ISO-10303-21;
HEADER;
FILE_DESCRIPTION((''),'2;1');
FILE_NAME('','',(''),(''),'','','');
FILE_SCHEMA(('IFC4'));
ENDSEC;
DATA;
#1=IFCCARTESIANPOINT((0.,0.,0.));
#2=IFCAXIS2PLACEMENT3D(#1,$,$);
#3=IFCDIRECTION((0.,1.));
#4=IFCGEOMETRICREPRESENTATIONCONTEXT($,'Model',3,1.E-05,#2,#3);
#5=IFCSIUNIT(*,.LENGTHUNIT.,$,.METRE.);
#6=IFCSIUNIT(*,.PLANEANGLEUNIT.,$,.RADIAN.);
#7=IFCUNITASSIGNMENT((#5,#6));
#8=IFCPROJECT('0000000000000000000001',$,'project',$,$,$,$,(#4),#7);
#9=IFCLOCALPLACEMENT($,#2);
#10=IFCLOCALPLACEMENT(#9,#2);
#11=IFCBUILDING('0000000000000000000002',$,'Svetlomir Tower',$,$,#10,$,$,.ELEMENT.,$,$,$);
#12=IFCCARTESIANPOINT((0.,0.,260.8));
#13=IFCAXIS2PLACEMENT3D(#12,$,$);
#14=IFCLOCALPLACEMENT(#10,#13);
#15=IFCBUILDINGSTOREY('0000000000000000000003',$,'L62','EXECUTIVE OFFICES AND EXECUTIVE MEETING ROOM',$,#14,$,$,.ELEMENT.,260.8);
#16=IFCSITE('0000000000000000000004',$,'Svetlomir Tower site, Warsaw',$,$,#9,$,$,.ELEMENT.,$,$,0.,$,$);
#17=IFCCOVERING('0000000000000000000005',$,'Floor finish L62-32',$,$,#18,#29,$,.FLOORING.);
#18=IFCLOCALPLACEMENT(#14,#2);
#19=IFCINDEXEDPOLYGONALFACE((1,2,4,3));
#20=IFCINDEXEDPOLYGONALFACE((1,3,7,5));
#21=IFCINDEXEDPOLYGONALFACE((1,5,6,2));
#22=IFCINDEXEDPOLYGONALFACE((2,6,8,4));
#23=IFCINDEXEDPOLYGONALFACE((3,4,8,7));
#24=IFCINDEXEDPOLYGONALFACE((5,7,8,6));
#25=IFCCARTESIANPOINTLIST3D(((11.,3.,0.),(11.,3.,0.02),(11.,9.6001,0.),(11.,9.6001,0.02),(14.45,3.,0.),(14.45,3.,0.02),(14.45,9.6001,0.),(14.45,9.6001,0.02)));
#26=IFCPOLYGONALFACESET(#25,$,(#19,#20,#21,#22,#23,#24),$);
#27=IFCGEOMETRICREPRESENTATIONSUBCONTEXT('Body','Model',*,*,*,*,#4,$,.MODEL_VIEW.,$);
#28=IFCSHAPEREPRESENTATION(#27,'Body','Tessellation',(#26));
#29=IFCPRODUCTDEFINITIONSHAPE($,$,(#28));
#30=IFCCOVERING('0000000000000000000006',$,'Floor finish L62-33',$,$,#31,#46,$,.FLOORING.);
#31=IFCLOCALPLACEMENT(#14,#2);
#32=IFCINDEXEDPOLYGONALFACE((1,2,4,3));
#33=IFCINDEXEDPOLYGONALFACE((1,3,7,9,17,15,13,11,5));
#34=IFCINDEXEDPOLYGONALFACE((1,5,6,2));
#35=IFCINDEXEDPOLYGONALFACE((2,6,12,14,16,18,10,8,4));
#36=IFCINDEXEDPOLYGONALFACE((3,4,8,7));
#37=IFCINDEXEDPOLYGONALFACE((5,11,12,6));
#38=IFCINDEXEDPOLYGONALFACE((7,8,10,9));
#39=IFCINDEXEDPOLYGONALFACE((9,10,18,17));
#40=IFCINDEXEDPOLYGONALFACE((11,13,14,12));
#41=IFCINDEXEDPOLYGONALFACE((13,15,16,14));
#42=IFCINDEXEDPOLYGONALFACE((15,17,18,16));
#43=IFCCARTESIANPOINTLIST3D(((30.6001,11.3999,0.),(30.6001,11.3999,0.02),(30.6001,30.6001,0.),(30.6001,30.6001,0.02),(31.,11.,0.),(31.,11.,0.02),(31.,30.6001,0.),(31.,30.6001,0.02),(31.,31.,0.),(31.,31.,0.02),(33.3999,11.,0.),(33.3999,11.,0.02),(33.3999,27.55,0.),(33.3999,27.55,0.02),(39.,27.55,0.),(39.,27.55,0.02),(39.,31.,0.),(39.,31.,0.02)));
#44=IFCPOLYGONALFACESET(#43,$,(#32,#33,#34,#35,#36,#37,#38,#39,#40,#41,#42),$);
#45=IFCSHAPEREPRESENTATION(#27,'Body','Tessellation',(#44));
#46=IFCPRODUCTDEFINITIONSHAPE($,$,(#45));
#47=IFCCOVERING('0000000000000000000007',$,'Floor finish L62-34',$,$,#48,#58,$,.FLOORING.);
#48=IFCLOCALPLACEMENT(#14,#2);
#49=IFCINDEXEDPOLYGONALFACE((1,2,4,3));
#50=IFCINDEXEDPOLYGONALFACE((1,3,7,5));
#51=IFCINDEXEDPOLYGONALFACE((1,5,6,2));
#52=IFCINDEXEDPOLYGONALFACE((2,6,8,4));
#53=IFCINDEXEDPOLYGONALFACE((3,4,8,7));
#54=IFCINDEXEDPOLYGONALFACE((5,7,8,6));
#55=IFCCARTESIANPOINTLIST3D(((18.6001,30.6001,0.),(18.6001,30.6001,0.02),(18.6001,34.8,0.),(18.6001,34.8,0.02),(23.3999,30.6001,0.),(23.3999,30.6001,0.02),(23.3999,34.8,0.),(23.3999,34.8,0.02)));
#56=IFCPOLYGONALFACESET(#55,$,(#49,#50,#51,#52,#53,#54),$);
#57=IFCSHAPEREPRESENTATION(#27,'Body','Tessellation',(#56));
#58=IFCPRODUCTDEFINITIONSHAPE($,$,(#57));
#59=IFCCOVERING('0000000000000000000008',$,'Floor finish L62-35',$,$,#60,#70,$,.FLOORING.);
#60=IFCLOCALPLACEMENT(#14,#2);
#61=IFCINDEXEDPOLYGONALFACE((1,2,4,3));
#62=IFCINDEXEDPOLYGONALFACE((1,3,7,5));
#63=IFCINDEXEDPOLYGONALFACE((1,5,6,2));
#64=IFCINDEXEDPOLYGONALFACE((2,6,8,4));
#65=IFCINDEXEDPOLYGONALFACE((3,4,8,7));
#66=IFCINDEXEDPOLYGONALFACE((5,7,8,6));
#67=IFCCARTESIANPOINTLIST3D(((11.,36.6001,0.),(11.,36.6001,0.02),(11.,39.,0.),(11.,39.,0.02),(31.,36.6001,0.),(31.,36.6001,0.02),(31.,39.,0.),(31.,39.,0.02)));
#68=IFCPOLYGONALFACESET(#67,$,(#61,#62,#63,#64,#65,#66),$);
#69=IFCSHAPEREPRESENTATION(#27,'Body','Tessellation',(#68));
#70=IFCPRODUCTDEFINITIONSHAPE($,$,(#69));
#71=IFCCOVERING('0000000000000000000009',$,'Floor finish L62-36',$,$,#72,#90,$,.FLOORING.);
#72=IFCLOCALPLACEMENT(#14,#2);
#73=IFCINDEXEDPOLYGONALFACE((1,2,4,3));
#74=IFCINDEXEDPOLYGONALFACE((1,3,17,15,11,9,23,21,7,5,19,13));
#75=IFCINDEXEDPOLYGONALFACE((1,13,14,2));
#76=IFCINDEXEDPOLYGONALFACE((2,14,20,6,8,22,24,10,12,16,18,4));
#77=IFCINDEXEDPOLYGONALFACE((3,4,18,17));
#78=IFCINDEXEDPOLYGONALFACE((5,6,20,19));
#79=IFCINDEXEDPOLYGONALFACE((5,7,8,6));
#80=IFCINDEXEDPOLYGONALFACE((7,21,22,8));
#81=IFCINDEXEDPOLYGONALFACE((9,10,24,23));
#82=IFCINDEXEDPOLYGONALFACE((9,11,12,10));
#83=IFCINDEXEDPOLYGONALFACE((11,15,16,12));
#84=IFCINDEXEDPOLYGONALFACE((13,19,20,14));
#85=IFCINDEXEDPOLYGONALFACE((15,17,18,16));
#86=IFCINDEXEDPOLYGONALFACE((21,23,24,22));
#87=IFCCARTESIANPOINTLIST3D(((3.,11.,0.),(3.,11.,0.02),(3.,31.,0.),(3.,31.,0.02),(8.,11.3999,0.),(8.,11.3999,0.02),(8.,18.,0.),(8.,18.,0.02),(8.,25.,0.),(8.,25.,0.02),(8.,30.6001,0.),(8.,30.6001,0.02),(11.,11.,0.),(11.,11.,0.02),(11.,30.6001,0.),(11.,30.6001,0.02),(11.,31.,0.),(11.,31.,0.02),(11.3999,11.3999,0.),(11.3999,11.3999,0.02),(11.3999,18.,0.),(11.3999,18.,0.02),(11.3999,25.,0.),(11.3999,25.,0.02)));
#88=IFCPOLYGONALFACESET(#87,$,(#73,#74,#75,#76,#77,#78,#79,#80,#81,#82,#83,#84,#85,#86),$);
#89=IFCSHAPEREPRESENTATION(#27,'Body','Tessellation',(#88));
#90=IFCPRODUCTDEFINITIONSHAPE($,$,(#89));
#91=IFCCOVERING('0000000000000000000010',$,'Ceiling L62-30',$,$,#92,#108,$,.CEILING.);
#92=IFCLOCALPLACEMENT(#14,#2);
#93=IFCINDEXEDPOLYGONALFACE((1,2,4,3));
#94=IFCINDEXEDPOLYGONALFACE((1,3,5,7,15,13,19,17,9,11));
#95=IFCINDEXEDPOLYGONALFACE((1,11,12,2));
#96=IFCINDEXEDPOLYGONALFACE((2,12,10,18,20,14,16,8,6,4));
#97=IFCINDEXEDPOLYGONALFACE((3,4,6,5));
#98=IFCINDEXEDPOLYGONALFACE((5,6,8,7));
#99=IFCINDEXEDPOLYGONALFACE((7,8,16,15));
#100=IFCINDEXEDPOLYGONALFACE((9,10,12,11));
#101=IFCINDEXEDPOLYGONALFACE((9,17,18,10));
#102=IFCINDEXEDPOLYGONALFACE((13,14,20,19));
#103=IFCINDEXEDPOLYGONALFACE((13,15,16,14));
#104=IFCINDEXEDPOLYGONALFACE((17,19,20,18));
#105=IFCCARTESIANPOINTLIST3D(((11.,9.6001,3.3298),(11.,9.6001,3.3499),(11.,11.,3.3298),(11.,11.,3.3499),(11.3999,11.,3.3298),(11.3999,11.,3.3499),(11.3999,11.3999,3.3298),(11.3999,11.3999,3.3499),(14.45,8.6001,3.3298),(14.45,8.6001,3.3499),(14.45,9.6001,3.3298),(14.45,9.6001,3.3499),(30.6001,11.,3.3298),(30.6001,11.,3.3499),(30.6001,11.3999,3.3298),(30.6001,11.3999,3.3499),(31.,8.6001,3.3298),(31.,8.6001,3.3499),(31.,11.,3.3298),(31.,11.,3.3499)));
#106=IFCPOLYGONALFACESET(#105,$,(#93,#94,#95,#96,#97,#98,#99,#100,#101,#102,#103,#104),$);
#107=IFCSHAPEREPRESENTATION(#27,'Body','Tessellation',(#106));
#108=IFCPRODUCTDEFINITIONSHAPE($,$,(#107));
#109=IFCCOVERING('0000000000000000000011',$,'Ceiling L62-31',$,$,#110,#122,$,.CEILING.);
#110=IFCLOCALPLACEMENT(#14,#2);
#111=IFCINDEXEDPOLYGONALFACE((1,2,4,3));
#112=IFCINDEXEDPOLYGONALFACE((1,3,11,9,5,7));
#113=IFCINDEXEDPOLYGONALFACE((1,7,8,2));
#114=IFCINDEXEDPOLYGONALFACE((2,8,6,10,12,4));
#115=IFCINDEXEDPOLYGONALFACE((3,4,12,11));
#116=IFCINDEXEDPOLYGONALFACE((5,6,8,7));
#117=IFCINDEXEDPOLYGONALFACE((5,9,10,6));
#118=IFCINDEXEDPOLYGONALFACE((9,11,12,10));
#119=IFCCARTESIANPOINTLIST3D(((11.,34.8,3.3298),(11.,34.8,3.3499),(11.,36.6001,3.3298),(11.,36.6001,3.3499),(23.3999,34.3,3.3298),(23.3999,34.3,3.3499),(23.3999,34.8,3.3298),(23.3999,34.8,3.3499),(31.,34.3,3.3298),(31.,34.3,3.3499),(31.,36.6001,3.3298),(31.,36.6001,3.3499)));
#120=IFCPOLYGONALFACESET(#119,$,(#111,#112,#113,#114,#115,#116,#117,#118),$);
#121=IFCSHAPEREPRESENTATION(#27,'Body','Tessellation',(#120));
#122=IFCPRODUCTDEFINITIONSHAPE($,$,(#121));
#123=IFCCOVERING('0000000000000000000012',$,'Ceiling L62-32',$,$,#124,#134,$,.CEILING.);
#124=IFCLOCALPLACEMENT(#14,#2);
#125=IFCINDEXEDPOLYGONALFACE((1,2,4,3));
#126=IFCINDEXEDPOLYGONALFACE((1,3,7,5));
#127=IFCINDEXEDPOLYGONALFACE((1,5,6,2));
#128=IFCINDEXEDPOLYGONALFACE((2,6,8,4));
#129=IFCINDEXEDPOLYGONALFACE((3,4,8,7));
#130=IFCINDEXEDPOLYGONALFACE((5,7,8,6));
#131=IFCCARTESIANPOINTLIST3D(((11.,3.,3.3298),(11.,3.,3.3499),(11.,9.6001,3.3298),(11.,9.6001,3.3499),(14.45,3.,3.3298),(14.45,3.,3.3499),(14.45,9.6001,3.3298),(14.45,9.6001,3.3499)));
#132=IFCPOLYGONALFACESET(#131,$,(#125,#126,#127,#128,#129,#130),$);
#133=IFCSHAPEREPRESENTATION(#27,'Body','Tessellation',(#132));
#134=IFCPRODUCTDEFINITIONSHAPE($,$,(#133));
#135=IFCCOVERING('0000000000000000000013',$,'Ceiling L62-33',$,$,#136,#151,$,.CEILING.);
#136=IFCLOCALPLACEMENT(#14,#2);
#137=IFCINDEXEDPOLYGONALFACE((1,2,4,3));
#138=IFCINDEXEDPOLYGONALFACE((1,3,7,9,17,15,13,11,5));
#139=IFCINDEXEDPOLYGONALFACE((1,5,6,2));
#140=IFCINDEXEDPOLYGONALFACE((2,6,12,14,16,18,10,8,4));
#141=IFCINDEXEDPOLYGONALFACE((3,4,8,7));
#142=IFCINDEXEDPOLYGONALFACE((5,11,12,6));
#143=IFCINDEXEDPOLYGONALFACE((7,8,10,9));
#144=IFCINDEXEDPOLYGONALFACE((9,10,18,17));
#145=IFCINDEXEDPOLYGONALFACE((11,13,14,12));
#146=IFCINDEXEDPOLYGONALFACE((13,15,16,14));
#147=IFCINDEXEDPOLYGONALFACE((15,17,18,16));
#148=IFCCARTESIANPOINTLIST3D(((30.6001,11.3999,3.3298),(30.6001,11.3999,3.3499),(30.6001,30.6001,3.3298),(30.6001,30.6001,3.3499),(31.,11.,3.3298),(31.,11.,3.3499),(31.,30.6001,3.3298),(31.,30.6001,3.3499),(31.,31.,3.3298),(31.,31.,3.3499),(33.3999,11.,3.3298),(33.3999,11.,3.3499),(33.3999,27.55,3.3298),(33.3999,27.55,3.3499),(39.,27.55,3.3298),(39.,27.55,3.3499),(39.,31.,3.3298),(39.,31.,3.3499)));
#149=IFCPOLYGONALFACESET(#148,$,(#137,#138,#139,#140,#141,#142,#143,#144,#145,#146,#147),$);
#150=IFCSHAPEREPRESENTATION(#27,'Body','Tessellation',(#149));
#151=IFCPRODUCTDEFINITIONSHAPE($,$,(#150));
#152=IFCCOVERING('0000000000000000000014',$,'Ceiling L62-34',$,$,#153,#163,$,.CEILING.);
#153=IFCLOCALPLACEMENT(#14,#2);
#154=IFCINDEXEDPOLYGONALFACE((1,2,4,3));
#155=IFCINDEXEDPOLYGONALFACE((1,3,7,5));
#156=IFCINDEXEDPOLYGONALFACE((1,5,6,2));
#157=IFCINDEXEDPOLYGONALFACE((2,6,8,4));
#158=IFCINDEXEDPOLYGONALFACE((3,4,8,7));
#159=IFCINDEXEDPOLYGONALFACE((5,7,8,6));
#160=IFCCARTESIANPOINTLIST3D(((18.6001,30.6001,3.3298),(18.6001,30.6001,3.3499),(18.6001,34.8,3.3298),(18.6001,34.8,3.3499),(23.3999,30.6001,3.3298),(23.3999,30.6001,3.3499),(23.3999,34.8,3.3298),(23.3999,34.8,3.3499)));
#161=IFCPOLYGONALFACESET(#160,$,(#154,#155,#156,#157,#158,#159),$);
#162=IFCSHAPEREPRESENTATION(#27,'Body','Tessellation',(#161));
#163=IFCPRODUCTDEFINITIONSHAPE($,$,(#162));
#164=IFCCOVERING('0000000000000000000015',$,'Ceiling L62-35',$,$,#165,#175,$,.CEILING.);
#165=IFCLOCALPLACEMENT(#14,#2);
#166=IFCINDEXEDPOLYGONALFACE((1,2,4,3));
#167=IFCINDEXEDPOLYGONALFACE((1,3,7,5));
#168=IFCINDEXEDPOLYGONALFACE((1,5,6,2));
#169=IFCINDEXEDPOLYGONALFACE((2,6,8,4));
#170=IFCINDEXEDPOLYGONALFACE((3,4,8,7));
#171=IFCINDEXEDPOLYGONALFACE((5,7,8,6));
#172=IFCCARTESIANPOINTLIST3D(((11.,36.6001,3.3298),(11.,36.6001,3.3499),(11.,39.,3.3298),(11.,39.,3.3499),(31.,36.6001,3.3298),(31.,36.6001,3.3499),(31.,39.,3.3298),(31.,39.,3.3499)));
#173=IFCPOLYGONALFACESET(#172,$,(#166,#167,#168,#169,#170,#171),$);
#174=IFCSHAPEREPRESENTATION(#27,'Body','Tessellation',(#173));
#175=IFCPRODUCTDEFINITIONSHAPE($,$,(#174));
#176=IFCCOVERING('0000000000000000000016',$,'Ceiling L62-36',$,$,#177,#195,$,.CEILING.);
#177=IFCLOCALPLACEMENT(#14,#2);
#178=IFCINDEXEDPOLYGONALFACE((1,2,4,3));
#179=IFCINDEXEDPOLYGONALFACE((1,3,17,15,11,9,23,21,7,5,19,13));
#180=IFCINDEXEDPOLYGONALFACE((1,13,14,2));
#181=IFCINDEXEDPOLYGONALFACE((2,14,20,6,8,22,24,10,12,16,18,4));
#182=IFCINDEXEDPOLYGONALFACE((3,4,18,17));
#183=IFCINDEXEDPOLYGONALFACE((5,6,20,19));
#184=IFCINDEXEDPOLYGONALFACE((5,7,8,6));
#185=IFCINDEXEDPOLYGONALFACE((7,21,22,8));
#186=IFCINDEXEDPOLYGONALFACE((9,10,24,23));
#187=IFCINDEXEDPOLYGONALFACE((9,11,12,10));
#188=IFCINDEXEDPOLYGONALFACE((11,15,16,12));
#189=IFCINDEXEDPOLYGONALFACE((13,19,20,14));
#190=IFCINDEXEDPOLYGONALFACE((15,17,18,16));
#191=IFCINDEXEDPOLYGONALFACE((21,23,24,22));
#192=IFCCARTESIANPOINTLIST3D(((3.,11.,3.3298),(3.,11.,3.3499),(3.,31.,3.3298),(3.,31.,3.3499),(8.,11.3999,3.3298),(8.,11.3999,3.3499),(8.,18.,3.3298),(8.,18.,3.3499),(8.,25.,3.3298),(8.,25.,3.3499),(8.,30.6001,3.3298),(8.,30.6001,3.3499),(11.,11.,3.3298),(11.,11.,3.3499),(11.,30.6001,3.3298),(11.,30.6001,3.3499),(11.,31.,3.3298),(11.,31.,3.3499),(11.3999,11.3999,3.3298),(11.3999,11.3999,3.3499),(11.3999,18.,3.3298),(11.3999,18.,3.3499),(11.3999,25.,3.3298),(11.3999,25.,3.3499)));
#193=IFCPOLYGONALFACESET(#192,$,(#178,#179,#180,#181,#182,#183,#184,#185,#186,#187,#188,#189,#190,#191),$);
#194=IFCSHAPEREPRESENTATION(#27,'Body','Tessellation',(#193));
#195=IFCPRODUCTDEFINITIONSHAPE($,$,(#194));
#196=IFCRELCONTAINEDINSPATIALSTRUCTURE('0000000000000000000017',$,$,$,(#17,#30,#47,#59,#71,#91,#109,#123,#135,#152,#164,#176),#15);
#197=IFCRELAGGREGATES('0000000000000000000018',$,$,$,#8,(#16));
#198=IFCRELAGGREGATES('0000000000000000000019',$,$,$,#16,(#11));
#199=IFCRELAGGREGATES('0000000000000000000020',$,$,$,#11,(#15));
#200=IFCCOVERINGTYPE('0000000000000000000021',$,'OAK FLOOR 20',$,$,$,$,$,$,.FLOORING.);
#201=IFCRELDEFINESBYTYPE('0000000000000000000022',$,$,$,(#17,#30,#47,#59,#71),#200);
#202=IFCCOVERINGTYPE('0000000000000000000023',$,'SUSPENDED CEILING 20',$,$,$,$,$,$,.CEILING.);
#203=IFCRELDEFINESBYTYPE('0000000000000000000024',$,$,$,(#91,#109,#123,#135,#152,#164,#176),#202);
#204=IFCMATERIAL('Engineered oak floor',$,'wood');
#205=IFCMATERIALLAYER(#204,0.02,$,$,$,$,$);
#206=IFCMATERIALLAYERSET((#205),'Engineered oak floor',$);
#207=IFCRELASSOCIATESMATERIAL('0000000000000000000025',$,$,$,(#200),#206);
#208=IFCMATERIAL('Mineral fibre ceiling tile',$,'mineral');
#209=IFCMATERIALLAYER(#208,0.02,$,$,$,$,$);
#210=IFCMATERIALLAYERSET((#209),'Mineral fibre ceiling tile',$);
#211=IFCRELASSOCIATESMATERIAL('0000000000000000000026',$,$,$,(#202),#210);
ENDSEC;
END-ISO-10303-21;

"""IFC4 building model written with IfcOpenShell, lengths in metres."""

from ifc_helpers import new_model, si_unit, direction, frame, origin, place, context, subcontext, project, spatial, polyline, outline, extrude, material, layer, layer_set, type_object, element, save


model = new_model("IFC4")

# Units and contexts
model_context = context("Model", 3, precision=1e-05, world=origin(), true_north=direction((0.0, 1.0)))
body_context = subcontext(model_context, "Body", "Model", "MODEL_VIEW")
ifc_project = project(units=[si_unit("LENGTHUNIT", "METRE"), si_unit("PLANEANGLEUNIT", "RADIAN")], contexts=[model_context])

# Site, building, storey
site_placement = place(None, origin())
site = spatial("IfcSite", under=ifc_project, at=site_placement, Name="Svetlomir Tower site, Warsaw", CompositionType="ELEMENT", RefElevation=0.0)
building_placement = place(site_placement, origin())
building = spatial("IfcBuilding", under=site, at=building_placement, Name="Svetlomir Tower", CompositionType="ELEMENT")
storey_placement = place(building_placement, frame((0.0, 0.0, 260.8)))
storey = spatial("IfcBuildingStorey", under=building, at=storey_placement, Name="L62", Description="EXECUTIVE OFFICES AND EXECUTIVE MEETING ROOM", CompositionType="ELEMENT", Elevation=260.8)

# Coverings
ifc_material_1 = material(Name="Engineered oak floor", Category="wood")
ifc_layer_1 = layer(ifc_material_1, 0.02)
ifc_layer_set_1 = layer_set([ifc_layer_1], Name="Engineered oak floor")
covering_type_1 = type_object("IfcCoveringType", Name="OAK FLOOR 20", PredefinedType="FLOORING", material=ifc_layer_set_1)
covering_1_placement = place(storey_placement, origin())
element("IfcCovering", 1, at=covering_1_placement, inside=storey, type_object=covering_type_1, Name="Floor finish L62-32", PredefinedType="FLOORING", context=body_context, shape_type="SweptSolid", body=[
    extrude(outline(polyline([(14.45, 9.6001), (14.45, 3.0), (11.0, 3.0), (11.0, 9.6001), (14.45, 9.6001)])), origin(), (0.0, 0.0, 1.0), 0.02),
])
covering_2_placement = place(storey_placement, origin())
element("IfcCovering", 2, at=covering_2_placement, inside=storey, type_object=covering_type_1, Name="Floor finish L62-33", PredefinedType="FLOORING", context=body_context, shape_type="SweptSolid", body=[
    extrude(outline(polyline([(31.0, 30.6001), (31.0, 31.0), (39.0, 31.0), (39.0, 27.55), (33.3999, 27.55), (33.3999, 11.0), (31.0, 11.0), (30.6001, 11.3999), (30.6001, 30.6001), (31.0, 30.6001)])), origin(), (0.0, 0.0, 1.0), 0.02),
])
covering_3_placement = place(storey_placement, origin())
element("IfcCovering", 3, at=covering_3_placement, inside=storey, type_object=covering_type_1, Name="Floor finish L62-34", PredefinedType="FLOORING", context=body_context, shape_type="SweptSolid", body=[
    extrude(outline(polyline([(18.6001, 30.6001), (18.6001, 34.8), (23.3999, 34.8), (23.3999, 30.6001), (18.6001, 30.6001)])), origin(), (0.0, 0.0, 1.0), 0.02),
])
covering_4_placement = place(storey_placement, origin())
element("IfcCovering", 4, at=covering_4_placement, inside=storey, type_object=covering_type_1, Name="Floor finish L62-35", PredefinedType="FLOORING", context=body_context, shape_type="SweptSolid", body=[
    extrude(outline(polyline([(31.0, 39.0), (31.0, 36.6001), (11.0, 36.6001), (11.0, 39.0), (31.0, 39.0)])), origin(), (0.0, 0.0, 1.0), 0.02),
])
covering_5_placement = place(storey_placement, origin())
element("IfcCovering", 5, at=covering_5_placement, inside=storey, type_object=covering_type_1, Name="Floor finish L62-36", PredefinedType="FLOORING", context=body_context, shape_type="SweptSolid", body=[
    extrude(outline(polyline([(3.0, 31.0), (11.0, 31.0), (11.0, 30.6001), (8.0, 30.6001), (8.0, 25.0), (11.3999, 25.0), (11.3999, 18.0), (8.0, 18.0), (8.0, 11.3999), (11.3999, 11.3999), (11.0, 11.0), (3.0, 11.0), (3.0, 31.0)])), origin(), (0.0, 0.0, 1.0), 0.02),
])
ifc_material_2 = material(Name="Mineral fibre ceiling tile", Category="mineral")
ifc_layer_2 = layer(ifc_material_2, 0.02)
ifc_layer_set_2 = layer_set([ifc_layer_2], Name="Mineral fibre ceiling tile")
covering_type_2 = type_object("IfcCoveringType", Name="SUSPENDED CEILING 20", PredefinedType="CEILING", material=ifc_layer_set_2)
covering_6_placement = place(storey_placement, frame((0.0, 0.0, 3.3298)))
element("IfcCovering", 6, at=covering_6_placement, inside=storey, type_object=covering_type_2, Name="Ceiling L62-30", PredefinedType="CEILING", context=body_context, shape_type="SweptSolid", body=[
    extrude(outline(polyline([(14.45, 8.6001), (14.45, 9.6001), (11.0, 9.6001), (11.0, 11.0), (11.3999, 11.0), (11.3999, 11.3999), (30.6001, 11.3999), (30.6001, 11.0), (31.0, 11.0), (31.0, 8.6001), (14.45, 8.6001)])), origin(), (0.0, 0.0, 1.0), 0.02),
])
covering_7_placement = place(storey_placement, frame((0.0, 0.0, 3.3298)))
element("IfcCovering", 7, at=covering_7_placement, inside=storey, type_object=covering_type_2, Name="Ceiling L62-31", PredefinedType="CEILING", context=body_context, shape_type="SweptSolid", body=[
    extrude(outline(polyline([(23.3999, 34.8), (11.0, 34.8), (11.0, 36.6001), (31.0, 36.6001), (31.0, 34.3), (23.3999, 34.3), (23.3999, 34.8)])), origin(), (0.0, 0.0, 1.0), 0.02),
])
covering_8_placement = place(storey_placement, frame((0.0, 0.0, 3.3298)))
element("IfcCovering", 8, at=covering_8_placement, inside=storey, type_object=covering_type_2, Name="Ceiling L62-32", PredefinedType="CEILING", context=body_context, shape_type="SweptSolid", body=[
    extrude(outline(polyline([(14.45, 9.6001), (14.45, 3.0), (11.0, 3.0), (11.0, 9.6001), (14.45, 9.6001)])), origin(), (0.0, 0.0, 1.0), 0.02),
])
covering_9_placement = place(storey_placement, frame((0.0, 0.0, 3.3298)))
element("IfcCovering", 9, at=covering_9_placement, inside=storey, type_object=covering_type_2, Name="Ceiling L62-33", PredefinedType="CEILING", context=body_context, shape_type="SweptSolid", body=[
    extrude(outline(polyline([(31.0, 30.6001), (31.0, 31.0), (39.0, 31.0), (39.0, 27.55), (33.3999, 27.55), (33.3999, 11.0), (31.0, 11.0), (30.6001, 11.3999), (30.6001, 30.6001), (31.0, 30.6001)])), origin(), (0.0, 0.0, 1.0), 0.02),
])
covering_10_placement = place(storey_placement, frame((0.0, 0.0, 3.3298)))
element("IfcCovering", 10, at=covering_10_placement, inside=storey, type_object=covering_type_2, Name="Ceiling L62-34", PredefinedType="CEILING", context=body_context, shape_type="SweptSolid", body=[
    extrude(outline(polyline([(18.6001, 30.6001), (18.6001, 34.8), (23.3999, 34.8), (23.3999, 30.6001), (18.6001, 30.6001)])), origin(), (0.0, 0.0, 1.0), 0.02),
])
covering_11_placement = place(storey_placement, frame((0.0, 0.0, 3.3298)))
element("IfcCovering", 11, at=covering_11_placement, inside=storey, type_object=covering_type_2, Name="Ceiling L62-35", PredefinedType="CEILING", context=body_context, shape_type="SweptSolid", body=[
    extrude(outline(polyline([(31.0, 39.0), (31.0, 36.6001), (11.0, 36.6001), (11.0, 39.0), (31.0, 39.0)])), origin(), (0.0, 0.0, 1.0), 0.02),
])
covering_12_placement = place(storey_placement, frame((0.0, 0.0, 3.3298)))
element("IfcCovering", 12, at=covering_12_placement, inside=storey, type_object=covering_type_2, Name="Ceiling L62-36", PredefinedType="CEILING", context=body_context, shape_type="SweptSolid", body=[
    extrude(outline(polyline([(3.0, 31.0), (11.0, 31.0), (11.0, 30.6001), (8.0, 30.6001), (8.0, 25.0), (11.3999, 25.0), (11.3999, 18.0), (8.0, 18.0), (8.0, 11.3999), (11.3999, 11.3999), (11.0, 11.0), (3.0, 11.0), (3.0, 31.0)])), origin(), (0.0, 0.0, 1.0), 0.02),
])

save(model, "model.ifc")
